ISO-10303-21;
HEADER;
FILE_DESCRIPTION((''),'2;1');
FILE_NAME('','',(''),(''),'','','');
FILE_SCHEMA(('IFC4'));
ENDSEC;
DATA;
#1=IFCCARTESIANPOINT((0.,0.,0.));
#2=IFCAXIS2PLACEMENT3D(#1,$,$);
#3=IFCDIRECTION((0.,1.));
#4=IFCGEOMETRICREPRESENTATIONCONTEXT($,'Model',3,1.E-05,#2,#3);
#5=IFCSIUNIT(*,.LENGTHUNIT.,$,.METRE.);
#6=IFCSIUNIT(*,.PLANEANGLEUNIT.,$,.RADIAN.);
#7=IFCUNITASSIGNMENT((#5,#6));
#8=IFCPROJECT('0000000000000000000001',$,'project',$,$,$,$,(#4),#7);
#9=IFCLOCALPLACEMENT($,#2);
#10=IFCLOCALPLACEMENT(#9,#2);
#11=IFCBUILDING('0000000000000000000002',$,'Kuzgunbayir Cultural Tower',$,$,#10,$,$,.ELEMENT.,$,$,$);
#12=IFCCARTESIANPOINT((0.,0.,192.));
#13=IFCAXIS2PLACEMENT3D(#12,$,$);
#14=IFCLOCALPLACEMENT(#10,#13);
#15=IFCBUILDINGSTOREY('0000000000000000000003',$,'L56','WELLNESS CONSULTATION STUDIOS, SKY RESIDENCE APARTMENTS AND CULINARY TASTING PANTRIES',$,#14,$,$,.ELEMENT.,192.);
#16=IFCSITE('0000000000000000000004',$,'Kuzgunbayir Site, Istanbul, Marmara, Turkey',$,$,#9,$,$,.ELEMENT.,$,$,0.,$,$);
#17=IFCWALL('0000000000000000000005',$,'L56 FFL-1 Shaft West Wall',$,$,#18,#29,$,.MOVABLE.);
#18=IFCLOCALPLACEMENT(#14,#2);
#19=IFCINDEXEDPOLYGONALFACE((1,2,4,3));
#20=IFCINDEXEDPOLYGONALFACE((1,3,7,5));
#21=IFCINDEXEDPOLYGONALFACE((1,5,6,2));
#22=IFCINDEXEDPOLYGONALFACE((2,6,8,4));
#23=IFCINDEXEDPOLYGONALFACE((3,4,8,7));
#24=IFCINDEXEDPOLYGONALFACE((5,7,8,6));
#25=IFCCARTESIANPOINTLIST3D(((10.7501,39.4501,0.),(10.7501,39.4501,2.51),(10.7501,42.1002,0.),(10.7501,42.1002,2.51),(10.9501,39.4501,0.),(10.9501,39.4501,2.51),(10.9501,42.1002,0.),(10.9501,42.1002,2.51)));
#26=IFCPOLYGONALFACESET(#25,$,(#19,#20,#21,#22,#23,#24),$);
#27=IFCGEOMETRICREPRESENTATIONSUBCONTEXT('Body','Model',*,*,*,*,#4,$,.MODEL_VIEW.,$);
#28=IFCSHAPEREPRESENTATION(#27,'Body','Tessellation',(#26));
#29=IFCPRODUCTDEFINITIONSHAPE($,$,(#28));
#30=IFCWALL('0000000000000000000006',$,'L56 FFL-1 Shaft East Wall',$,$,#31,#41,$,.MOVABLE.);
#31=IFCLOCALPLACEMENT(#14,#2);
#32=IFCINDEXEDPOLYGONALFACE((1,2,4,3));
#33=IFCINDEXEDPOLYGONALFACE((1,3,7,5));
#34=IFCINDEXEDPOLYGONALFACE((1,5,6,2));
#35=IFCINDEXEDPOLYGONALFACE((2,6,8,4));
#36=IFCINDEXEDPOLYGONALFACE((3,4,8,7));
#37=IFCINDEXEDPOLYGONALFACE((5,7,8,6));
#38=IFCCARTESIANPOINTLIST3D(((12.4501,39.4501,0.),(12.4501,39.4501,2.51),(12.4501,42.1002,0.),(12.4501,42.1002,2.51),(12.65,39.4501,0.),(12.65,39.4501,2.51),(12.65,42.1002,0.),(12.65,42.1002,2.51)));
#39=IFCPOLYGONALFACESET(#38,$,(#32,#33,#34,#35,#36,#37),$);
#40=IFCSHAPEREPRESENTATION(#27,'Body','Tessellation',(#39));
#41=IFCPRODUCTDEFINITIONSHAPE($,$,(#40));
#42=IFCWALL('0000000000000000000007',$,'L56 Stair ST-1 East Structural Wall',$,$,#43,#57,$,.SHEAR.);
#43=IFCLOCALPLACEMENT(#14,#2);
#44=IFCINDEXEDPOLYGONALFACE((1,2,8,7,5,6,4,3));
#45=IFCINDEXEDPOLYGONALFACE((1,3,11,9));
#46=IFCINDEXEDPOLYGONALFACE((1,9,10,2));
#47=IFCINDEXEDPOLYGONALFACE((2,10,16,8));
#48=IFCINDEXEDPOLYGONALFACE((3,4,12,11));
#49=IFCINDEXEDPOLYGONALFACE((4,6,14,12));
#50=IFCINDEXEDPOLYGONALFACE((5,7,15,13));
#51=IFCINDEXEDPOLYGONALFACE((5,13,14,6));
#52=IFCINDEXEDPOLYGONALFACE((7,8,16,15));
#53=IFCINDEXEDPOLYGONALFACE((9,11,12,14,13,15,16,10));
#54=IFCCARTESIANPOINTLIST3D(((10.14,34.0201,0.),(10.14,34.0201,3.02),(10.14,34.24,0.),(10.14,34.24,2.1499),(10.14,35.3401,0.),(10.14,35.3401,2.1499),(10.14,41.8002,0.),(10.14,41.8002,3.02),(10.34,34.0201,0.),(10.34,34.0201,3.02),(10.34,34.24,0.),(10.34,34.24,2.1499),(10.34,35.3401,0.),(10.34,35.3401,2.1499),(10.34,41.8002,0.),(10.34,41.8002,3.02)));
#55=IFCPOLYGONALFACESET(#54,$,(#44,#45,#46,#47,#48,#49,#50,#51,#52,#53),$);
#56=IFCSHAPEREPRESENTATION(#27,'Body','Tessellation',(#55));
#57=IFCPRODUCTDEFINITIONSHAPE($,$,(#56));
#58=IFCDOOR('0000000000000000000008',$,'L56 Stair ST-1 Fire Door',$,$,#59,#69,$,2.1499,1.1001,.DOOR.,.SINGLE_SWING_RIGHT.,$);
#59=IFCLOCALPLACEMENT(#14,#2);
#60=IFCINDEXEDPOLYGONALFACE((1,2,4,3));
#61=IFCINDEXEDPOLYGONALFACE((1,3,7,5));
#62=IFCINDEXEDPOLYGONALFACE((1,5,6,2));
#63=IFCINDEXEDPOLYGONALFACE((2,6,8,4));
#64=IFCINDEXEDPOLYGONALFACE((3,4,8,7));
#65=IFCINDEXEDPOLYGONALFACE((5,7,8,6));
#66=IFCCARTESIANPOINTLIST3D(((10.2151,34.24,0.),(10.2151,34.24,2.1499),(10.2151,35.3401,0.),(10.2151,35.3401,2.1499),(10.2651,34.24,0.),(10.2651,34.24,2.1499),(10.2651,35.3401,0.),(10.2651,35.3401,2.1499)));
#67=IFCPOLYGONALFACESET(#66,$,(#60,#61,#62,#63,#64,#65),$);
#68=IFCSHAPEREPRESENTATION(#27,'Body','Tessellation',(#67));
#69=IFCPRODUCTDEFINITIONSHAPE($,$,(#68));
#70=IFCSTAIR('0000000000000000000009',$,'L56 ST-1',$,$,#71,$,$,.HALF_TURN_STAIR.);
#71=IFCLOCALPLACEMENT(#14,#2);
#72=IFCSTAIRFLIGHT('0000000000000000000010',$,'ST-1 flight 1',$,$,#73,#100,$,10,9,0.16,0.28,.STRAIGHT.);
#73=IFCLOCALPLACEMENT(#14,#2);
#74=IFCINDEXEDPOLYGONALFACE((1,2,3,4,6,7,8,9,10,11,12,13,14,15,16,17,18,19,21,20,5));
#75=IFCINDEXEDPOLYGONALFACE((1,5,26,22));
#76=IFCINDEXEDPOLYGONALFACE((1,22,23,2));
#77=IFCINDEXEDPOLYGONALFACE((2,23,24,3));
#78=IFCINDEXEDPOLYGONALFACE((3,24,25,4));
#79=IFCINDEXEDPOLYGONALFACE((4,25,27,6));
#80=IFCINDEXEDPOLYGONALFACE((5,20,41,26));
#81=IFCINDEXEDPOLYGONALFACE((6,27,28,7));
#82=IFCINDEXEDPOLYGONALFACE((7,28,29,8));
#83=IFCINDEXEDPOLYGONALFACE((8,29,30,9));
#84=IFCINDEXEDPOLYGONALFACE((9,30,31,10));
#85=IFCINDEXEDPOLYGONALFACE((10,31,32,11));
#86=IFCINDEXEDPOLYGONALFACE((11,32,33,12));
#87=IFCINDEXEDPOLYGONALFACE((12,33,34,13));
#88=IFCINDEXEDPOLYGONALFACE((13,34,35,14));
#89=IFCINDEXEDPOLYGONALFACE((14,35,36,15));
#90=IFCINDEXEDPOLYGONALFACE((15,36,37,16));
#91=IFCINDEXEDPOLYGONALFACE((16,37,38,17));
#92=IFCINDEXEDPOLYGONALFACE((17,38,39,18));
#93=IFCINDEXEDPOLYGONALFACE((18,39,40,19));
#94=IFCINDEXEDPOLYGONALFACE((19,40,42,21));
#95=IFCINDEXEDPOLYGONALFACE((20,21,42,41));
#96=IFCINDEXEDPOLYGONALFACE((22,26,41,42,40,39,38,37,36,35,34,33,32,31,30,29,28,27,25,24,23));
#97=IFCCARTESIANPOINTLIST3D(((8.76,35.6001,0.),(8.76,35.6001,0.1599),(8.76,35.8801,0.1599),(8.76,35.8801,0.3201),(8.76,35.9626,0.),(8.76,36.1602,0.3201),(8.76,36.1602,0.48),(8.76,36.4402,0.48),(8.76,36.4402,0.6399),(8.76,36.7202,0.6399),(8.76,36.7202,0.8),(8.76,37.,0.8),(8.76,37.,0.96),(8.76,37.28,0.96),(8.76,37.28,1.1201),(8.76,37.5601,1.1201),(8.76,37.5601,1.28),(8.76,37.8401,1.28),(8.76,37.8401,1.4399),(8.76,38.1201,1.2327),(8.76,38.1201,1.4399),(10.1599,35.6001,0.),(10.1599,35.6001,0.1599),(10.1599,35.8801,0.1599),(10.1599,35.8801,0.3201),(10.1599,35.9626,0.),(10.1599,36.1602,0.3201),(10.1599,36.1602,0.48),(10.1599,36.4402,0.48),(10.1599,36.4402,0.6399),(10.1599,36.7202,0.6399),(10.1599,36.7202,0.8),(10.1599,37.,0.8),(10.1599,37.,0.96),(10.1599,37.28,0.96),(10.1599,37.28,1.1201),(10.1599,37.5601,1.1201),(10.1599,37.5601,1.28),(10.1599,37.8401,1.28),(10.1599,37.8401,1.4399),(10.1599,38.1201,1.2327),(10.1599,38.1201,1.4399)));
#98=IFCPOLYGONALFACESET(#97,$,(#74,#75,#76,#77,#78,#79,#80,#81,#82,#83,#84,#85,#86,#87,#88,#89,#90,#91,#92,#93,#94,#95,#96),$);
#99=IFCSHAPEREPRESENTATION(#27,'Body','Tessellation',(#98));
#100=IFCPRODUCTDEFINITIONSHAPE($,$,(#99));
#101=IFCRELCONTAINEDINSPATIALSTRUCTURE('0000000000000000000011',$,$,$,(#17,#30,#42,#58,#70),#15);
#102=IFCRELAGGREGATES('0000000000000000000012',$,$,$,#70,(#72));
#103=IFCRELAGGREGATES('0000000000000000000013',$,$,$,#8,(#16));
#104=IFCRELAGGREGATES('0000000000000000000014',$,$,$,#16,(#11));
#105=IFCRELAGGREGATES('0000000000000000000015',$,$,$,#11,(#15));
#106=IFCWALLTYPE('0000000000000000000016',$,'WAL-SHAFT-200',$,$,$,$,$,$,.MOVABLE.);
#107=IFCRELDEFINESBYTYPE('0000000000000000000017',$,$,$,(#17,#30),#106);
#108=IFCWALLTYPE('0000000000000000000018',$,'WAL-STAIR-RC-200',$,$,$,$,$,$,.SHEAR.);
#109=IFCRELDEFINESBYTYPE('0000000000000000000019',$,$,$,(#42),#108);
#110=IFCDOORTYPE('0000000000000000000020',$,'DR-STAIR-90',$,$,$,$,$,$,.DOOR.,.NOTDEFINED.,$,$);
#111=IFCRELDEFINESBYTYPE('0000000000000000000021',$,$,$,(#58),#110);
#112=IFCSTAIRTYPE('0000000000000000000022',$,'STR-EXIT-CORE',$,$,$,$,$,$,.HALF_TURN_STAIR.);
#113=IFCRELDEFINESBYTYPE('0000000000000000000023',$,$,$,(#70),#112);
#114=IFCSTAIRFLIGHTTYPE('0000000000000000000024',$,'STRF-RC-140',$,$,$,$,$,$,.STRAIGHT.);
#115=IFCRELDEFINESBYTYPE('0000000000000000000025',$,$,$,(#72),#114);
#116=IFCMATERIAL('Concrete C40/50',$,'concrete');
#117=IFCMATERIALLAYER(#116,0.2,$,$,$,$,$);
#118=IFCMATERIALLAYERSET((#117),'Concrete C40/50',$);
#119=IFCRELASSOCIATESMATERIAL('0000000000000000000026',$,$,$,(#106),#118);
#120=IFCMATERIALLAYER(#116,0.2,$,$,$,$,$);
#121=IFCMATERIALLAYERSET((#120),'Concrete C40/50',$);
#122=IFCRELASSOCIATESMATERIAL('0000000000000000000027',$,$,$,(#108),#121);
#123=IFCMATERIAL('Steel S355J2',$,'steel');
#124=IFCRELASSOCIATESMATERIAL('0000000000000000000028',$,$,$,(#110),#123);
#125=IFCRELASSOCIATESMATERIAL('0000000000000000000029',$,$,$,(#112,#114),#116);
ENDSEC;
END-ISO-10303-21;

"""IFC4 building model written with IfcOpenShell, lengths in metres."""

from ifc_helpers import new_model, si_unit, direction, frame, frame_2d, origin, place, context, subcontext, project, spatial, polyline, rectangle, outline, extrude, material, layer, layer_set, type_object, element, fill, aggregate, save


model = new_model("IFC4")

# Units and contexts
model_context = context("Model", 3, precision=1e-05, world=origin(), true_north=direction((0.0, 1.0)))
body_context = subcontext(model_context, "Body", "Model", "MODEL_VIEW")
ifc_project = project(units=[si_unit("LENGTHUNIT", "METRE"), si_unit("PLANEANGLEUNIT", "RADIAN")], contexts=[model_context])

# Site, building, storey
site_placement = place(None, origin())
site = spatial("IfcSite", under=ifc_project, at=site_placement, Name="Kuzgunbayir Site, Istanbul, Marmara, Turkey", CompositionType="ELEMENT", RefElevation=0.0)
building_placement = place(site_placement, origin())
building = spatial("IfcBuilding", under=site, at=building_placement, Name="Kuzgunbayir Cultural Tower", CompositionType="ELEMENT")
storey_placement = place(building_placement, frame((0.0, 0.0, 192.0)))
storey = spatial("IfcBuildingStorey", under=building, at=storey_placement, Name="L56", Description="WELLNESS CONSULTATION STUDIOS, SKY RESIDENCE APARTMENTS AND CULINARY TASTING PANTRIES", CompositionType="ELEMENT", Elevation=192.0)

# Shared definitions
ifc_material_1 = material(Name="Steel S355J2", Category="steel")

# Shared definitions
ifc_material_2 = material(Name="Concrete C40/50", Category="concrete")
ifc_layer_1 = layer(ifc_material_2, 0.2)
ifc_layer_set_1 = layer_set([ifc_layer_1], Name="Concrete C40/50")
wall_type_1 = type_object("IfcWallType", Name="WAL-SHAFT-200", PredefinedType="MOVABLE", material=ifc_layer_set_1)

# Walls
for number, where, z_axis, x_axis, name in (
    (1, (10.8501, 39.45, 0.0), (0.0, 0.0, 1.0), (0.0, 1.0, 0.0), "L56 FFL-1 Shaft West Wall"),
    (2, (12.55, 39.45, 0.0), (0.0, 0.0, 1.0), (0.0, 1.0, 0.0), "L56 FFL-1 Shaft East Wall"),
):
    element("IfcWall", number, at=place(storey_placement, frame(where, z_axis=z_axis, x_axis=x_axis)), inside=storey, type_object=wall_type_1, Name=name, PredefinedType="MOVABLE", context=body_context, shape_type="SweptSolid", body=[
        extrude(rectangle(XDim=2.6501, YDim=0.2, at=frame_2d((1.3252, 0.0))), origin(), (0.0, 0.0, 1.0), 2.51),
    ])

# Wall, opening, door
ifc_layer_2 = layer(ifc_material_2, 0.2)
ifc_layer_set_2 = layer_set([ifc_layer_2], Name="Concrete C40/50")
wall_type_2 = type_object("IfcWallType", Name="WAL-STAIR-RC-200", PredefinedType="SHEAR", material=ifc_layer_set_2)
wall_1_placement = place(storey_placement, frame((10.24, 34.02, 0.0), z_axis=(0.0, 0.0, 1.0), x_axis=(0.0, 1.0, 0.0)))
wall_1 = element("IfcWall", 3, at=wall_1_placement, inside=storey, type_object=wall_type_2, Name="L56 Stair ST-1 East Structural Wall", PredefinedType="SHEAR", context=body_context, shape_type="SweptSolid", body=[
    extrude(rectangle(XDim=7.78, YDim=0.2, at=frame_2d((3.8901, 0.0))), origin(), (0.0, 0.0, 1.0), 3.02),
])
opening_1_placement = place(wall_1_placement, frame((0.22, 0.0, 0.0)))
opening_1 = element("IfcOpeningElement", 4, at=opening_1_placement, cuts=wall_1, PredefinedType="OPENING", context=body_context, shape_type="SweptSolid", body=[
    extrude(rectangle(XDim=1.1001, YDim=2.1499, at=frame_2d((0.55, 1.075))), frame((0.0, 0.1099, 0.0), z_axis=(0.0, -1.0, 0.0), x_axis=(1.0, 0.0, 0.0)), (0.0, 0.0, 1.0), 0.22),
])
door_type_1 = type_object("IfcDoorType", Name="DR-STAIR-90", OperationType="NOTDEFINED", PredefinedType="DOOR", material=ifc_material_1)
door_1_placement = place(opening_1_placement, origin())
door_1 = element("IfcDoor", 5, at=door_1_placement, inside=storey, type_object=door_type_1, Name="L56 Stair ST-1 Fire Door", OperationType="SINGLE_SWING_RIGHT", OverallHeight=2.1499, OverallWidth=1.1001, PredefinedType="DOOR", context=body_context, shape_type="SweptSolid", body=[
    extrude(rectangle(XDim=1.1001, YDim=2.1499, at=frame_2d((0.55, 1.075))), frame((0.0, 0.0249, 0.0), z_axis=(0.0, -1.0, 0.0), x_axis=(1.0, 0.0, 0.0)), (0.0, 0.0, 1.0), 0.05),
])
fill(opening_1, door_1)

# Stair, stair flight
stair_type = type_object("IfcStairType", Name="STR-EXIT-CORE", PredefinedType="HALF_TURN_STAIR", material=ifc_material_2)
stair_placement = place(storey_placement, origin())
stair = element("IfcStair", 6, at=stair_placement, inside=storey, type_object=stair_type, Name="L56 ST-1", PredefinedType="HALF_TURN_STAIR")
stair_flight_type = type_object("IfcStairFlightType", Name="STRF-RC-140", PredefinedType="STRAIGHT", material=ifc_material_2)
stair_flight_placement = place(storey_placement, frame((9.46, 35.6001, 0.0), z_axis=(0.0, 0.0, 1.0), x_axis=(0.0, 1.0, 0.0)))
stair_flight = element("IfcStairFlight", 7, at=stair_flight_placement, type_object=stair_flight_type, Name="ST-1 flight 1", NumberOfRisers=10, NumberOfTreads=9, PredefinedType="STRAIGHT", RiserHeight=0.16, TreadLength=0.28, context=body_context, shape_type="SweptSolid", body=[
    extrude(outline(polyline([(0.0, 0.0), (0.0, 0.1599), (0.28, 0.1599), (0.28, 0.3201), (0.5601, 0.3201), (0.5601, 0.48), (0.8401, 0.48), (0.8401, 0.6399), (1.1201, 0.6399), (1.1201, 0.8), (1.3999, 0.8), (1.3999, 0.96), (1.6799, 0.96), (1.6799, 1.1201), (1.96, 1.1201), (1.96, 1.28), (2.24, 1.28), (2.24, 1.4399), (2.52, 1.4399), (2.52, 1.6001), (2.52, 1.2327), (0.3625, 0.0), (0.0, 0.0)])), frame((0.0, 0.7, 0.0), z_axis=(0.0, -1.0, 0.0), x_axis=(1.0, 0.0, 0.0)), (0.0, 0.0, 1.0), 1.3999),
])
aggregate(stair, [stair_flight])

save(model, "model.ifc")
